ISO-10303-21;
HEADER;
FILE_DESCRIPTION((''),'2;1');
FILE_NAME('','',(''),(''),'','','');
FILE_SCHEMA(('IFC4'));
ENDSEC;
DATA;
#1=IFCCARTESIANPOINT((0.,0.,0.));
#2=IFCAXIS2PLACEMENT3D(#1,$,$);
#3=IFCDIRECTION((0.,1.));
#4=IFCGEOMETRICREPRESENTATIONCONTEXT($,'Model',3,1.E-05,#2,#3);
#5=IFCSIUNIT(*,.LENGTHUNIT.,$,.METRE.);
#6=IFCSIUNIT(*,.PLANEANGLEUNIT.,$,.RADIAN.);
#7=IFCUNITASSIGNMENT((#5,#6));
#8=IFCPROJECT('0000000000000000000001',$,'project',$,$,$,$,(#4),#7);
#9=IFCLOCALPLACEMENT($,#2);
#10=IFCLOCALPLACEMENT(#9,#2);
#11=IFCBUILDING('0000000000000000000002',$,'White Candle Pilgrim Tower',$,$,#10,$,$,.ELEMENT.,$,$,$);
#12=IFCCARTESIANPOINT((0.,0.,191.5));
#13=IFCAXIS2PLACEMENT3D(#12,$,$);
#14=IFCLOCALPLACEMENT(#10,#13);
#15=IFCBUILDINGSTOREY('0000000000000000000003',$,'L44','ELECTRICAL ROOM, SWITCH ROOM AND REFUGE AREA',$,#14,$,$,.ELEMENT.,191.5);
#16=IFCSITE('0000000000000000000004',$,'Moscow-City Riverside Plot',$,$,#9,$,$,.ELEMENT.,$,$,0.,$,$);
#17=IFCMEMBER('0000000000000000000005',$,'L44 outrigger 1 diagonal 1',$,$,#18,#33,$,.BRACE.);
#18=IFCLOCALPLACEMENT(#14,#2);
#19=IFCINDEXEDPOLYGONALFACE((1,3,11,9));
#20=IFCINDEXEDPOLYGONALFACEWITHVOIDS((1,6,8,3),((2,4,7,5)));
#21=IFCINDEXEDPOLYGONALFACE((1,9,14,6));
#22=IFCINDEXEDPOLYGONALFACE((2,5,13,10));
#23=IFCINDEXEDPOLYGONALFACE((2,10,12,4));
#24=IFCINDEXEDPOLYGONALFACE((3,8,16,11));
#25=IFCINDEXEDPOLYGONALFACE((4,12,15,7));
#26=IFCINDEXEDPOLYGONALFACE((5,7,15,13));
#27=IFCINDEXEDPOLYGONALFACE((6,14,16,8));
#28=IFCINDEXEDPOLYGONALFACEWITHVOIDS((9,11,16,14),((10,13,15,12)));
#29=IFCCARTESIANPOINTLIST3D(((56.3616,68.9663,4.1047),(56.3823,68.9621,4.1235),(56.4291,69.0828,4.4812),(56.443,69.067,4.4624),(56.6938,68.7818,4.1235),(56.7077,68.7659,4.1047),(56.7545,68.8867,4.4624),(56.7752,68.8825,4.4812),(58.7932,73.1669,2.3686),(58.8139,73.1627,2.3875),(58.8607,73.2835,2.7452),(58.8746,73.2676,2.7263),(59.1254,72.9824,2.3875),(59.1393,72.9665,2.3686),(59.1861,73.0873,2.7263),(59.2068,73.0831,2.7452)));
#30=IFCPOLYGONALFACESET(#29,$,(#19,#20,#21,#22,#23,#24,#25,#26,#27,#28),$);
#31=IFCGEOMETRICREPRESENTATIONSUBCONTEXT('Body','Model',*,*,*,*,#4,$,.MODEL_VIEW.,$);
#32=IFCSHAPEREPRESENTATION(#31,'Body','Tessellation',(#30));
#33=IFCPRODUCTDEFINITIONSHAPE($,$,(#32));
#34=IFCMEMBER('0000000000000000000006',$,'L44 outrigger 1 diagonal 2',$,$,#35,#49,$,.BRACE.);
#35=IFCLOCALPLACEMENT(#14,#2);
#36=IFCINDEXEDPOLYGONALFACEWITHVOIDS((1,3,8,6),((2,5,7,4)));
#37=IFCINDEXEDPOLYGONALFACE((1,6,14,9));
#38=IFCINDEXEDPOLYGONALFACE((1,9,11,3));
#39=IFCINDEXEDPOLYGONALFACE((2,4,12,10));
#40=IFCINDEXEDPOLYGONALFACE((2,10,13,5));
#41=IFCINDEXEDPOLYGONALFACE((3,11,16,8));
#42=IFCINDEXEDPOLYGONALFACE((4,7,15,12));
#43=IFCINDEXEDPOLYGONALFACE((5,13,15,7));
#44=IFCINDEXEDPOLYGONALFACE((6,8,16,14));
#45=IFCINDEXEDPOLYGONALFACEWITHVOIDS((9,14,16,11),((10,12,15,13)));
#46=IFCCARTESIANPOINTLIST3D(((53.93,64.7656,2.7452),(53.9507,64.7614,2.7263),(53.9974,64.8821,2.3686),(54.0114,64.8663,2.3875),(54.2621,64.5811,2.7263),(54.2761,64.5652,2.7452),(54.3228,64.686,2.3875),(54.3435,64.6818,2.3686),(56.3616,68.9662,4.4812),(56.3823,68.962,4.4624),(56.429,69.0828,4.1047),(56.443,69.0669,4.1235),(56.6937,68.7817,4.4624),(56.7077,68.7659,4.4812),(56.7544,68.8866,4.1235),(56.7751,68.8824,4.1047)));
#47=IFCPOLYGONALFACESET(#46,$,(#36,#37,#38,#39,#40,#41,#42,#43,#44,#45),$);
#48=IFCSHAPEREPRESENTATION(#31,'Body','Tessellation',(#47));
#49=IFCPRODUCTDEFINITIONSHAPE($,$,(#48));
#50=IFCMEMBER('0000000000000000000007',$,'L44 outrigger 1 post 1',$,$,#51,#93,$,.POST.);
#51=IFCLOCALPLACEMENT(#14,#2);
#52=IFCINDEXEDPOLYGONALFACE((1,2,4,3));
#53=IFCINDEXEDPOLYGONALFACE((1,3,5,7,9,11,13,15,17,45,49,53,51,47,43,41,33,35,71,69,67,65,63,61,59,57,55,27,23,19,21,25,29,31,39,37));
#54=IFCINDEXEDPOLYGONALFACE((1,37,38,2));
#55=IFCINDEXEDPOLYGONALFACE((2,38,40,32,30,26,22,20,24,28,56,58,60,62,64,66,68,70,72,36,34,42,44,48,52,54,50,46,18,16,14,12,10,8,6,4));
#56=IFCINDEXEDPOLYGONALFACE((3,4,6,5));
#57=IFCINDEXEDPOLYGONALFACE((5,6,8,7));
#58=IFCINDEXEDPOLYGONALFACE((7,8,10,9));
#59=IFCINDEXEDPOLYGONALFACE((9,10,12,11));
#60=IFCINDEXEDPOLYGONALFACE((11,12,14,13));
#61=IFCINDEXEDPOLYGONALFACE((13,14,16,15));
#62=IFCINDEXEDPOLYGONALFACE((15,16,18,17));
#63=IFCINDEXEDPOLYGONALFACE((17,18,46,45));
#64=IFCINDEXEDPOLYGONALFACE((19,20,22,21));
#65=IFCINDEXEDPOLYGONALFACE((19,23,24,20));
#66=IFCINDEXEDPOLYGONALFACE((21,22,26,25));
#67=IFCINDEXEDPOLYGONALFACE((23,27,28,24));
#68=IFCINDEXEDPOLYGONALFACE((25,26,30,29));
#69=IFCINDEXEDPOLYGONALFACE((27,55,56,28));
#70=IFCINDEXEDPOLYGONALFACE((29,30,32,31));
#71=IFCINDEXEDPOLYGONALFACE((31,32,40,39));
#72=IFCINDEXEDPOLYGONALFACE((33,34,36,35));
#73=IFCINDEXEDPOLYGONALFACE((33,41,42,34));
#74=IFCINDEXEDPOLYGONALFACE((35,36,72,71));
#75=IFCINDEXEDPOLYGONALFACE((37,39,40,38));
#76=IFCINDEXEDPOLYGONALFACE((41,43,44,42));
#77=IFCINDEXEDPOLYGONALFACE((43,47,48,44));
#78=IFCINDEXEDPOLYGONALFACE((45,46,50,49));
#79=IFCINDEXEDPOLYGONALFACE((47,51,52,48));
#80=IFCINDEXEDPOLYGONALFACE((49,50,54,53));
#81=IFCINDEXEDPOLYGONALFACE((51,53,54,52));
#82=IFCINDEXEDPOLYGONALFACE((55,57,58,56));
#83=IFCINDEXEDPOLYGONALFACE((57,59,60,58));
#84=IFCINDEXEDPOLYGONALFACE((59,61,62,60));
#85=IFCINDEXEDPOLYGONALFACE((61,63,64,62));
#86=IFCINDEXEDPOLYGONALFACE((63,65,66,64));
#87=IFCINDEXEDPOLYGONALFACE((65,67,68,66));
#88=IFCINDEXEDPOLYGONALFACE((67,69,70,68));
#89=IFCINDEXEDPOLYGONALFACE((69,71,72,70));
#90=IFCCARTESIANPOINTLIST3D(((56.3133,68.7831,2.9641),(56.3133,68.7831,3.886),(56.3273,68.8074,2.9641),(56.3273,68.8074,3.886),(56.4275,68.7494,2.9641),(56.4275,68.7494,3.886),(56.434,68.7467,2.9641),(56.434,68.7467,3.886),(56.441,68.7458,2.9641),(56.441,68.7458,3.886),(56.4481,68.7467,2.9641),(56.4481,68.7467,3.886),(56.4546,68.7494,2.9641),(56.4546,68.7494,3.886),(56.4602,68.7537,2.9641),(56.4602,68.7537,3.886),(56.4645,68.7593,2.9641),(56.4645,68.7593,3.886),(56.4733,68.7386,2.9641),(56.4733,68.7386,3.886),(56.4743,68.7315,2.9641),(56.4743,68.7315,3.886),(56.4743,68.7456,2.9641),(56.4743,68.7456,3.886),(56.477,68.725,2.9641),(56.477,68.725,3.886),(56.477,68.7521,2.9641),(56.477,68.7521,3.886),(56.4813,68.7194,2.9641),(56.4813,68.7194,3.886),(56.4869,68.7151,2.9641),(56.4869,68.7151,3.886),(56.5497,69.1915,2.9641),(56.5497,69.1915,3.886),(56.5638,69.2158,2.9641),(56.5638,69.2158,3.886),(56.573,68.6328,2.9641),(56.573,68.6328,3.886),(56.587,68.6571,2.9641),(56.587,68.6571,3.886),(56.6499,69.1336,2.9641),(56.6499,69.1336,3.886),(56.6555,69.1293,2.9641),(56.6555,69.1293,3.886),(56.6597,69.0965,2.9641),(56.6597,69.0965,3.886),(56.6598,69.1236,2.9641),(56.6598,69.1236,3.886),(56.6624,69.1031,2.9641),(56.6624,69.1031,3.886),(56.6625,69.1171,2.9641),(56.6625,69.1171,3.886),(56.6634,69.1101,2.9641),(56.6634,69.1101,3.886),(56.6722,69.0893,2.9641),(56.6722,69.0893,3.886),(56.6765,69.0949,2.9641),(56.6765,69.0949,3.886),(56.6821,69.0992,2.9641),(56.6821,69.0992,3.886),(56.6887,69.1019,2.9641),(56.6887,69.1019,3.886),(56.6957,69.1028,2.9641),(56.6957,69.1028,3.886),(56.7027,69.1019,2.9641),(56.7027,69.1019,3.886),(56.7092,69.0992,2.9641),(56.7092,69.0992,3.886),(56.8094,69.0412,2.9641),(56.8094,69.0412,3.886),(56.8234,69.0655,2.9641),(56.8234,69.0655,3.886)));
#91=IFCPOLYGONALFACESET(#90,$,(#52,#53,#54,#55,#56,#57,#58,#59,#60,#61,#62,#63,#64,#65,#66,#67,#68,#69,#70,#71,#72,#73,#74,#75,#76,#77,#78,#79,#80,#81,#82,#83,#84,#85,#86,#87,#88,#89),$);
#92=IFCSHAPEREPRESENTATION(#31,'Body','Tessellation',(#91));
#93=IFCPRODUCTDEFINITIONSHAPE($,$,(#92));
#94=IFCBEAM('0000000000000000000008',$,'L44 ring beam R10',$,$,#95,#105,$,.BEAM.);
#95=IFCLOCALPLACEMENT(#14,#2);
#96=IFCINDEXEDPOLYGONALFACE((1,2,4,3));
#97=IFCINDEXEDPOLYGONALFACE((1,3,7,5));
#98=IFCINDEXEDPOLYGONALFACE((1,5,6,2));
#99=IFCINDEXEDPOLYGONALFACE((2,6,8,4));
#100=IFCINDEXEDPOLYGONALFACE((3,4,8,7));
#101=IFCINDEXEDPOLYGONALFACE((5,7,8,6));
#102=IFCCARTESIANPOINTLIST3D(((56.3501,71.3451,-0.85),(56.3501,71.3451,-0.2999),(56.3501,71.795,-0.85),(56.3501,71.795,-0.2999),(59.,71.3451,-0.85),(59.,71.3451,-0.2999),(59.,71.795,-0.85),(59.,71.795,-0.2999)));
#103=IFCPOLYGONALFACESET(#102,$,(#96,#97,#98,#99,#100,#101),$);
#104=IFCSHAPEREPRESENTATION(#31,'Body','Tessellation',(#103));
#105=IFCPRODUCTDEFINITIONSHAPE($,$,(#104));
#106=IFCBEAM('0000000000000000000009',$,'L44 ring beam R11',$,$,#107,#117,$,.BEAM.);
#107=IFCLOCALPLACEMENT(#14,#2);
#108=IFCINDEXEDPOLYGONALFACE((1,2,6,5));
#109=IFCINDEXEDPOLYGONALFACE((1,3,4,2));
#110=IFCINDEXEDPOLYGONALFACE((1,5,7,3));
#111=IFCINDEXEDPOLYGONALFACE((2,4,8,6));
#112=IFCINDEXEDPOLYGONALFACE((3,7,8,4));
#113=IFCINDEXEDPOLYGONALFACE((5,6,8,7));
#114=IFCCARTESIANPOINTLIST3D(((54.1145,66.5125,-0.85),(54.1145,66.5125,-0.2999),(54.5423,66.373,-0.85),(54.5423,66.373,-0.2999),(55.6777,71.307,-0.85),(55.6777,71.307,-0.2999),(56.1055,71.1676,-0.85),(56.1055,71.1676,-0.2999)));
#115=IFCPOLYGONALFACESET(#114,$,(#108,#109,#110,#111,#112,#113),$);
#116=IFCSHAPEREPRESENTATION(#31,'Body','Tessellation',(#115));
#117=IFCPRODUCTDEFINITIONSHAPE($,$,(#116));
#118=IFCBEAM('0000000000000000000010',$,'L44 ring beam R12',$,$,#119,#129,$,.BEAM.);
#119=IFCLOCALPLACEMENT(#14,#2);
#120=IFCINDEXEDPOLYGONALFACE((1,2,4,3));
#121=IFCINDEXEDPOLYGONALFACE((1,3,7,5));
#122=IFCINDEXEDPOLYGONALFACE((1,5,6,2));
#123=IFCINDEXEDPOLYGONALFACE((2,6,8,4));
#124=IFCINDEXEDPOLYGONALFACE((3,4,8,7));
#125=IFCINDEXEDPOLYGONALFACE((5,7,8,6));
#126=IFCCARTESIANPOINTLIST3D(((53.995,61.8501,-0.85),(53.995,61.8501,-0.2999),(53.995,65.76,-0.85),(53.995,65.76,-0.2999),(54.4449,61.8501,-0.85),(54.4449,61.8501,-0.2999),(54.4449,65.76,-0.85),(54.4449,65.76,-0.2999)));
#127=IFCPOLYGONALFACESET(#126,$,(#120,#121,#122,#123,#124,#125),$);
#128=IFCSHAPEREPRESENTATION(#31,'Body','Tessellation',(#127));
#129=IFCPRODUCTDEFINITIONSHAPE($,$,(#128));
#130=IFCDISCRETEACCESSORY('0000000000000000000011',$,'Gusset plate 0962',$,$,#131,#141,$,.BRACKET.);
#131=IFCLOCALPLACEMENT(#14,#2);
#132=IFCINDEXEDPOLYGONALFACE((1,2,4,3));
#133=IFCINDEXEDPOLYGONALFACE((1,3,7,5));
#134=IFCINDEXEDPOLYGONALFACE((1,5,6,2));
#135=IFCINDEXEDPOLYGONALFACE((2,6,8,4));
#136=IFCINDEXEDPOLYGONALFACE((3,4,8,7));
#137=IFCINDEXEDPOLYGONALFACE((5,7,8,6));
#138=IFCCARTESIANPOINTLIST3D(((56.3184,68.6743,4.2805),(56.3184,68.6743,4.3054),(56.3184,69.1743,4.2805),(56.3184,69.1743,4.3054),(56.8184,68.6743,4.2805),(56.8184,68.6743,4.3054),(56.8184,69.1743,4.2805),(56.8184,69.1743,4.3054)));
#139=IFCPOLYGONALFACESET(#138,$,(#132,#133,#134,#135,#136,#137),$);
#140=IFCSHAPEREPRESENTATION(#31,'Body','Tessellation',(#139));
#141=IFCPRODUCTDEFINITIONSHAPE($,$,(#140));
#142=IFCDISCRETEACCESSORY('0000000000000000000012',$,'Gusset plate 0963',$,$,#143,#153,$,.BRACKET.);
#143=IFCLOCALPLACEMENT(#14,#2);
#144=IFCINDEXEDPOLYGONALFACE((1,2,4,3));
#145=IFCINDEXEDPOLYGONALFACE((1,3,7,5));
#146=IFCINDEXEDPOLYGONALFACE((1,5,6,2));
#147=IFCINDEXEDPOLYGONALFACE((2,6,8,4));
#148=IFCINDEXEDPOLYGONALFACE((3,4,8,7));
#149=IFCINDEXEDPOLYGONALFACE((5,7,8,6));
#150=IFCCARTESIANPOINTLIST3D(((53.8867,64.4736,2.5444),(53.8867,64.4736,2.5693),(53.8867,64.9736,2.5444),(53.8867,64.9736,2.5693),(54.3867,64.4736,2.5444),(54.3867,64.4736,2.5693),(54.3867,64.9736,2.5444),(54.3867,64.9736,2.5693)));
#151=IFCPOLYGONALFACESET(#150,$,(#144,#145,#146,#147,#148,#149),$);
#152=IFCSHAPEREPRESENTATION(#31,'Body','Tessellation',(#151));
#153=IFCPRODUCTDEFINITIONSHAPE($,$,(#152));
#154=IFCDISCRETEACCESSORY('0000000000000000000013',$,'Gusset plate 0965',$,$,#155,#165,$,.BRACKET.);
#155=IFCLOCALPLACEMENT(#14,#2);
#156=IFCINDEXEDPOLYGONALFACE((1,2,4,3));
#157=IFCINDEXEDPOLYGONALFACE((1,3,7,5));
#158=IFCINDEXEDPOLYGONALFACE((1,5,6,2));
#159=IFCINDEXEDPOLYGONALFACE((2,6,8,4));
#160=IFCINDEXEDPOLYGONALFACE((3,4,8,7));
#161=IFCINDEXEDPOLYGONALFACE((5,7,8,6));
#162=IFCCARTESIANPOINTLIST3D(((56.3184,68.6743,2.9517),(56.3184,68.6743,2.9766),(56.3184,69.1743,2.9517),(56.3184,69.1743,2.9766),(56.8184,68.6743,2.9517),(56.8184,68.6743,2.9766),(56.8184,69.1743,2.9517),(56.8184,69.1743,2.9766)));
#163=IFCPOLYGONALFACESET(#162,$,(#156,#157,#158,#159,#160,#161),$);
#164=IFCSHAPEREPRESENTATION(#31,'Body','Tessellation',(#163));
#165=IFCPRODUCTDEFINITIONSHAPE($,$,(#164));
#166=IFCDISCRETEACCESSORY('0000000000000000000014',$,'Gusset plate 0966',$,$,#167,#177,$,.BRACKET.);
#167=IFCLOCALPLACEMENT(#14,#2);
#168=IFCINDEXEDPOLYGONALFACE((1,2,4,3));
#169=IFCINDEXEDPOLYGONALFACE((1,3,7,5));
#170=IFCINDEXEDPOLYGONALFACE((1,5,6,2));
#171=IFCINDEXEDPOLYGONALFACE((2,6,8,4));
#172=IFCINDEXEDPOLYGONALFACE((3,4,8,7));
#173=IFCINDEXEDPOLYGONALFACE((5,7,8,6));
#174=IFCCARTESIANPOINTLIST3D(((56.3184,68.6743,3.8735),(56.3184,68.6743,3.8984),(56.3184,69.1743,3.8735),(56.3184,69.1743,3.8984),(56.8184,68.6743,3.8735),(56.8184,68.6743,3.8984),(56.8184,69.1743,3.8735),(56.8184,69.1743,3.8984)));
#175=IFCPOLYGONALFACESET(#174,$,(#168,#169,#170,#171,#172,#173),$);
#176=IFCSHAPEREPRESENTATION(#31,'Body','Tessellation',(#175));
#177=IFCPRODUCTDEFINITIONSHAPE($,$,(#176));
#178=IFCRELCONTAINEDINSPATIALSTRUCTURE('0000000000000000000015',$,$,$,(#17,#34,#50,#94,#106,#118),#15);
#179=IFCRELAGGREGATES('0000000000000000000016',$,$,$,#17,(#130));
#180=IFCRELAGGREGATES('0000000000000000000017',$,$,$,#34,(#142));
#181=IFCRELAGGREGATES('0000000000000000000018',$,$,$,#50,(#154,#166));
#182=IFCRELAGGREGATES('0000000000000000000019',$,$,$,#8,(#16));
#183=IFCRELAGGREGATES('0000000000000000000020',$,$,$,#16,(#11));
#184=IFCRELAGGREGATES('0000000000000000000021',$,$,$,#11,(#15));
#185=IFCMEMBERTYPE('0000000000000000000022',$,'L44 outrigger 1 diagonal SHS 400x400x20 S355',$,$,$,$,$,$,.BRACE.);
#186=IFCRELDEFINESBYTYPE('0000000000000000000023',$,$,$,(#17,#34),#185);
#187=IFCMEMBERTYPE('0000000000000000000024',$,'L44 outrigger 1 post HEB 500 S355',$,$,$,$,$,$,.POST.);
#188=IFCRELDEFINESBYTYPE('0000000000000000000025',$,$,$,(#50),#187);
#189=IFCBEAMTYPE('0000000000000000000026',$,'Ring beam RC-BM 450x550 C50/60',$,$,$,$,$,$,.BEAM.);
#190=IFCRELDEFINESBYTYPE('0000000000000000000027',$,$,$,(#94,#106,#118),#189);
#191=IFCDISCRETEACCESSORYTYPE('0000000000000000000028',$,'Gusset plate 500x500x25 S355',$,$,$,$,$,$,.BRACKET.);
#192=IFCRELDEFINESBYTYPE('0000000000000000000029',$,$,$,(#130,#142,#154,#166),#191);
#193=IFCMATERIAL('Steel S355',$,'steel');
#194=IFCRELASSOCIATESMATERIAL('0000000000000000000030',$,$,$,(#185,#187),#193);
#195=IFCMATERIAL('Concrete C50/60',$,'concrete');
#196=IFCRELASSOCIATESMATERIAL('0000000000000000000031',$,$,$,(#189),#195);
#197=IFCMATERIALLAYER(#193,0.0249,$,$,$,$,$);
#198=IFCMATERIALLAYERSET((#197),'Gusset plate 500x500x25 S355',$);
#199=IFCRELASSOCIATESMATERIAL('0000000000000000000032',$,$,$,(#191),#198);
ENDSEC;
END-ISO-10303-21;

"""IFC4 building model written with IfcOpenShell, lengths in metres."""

from ifc_helpers import new_model, si_unit, direction, frame, origin, origin_2d, place, context, subcontext, project, spatial, rectangle, hollow_rectangle, i_section, extrude, material, layer, layer_set, material_profile, profile_set, type_object, element, aggregate, save


model = new_model("IFC4")

# Units and contexts
model_context = context("Model", 3, precision=1e-05, world=origin(), true_north=direction((0.0, 1.0)))
body_context = subcontext(model_context, "Body", "Model", "MODEL_VIEW")
ifc_project = project(units=[si_unit("LENGTHUNIT", "METRE"), si_unit("PLANEANGLEUNIT", "RADIAN")], contexts=[model_context])

# Site, building, storey
site_placement = place(None, origin())
site = spatial("IfcSite", under=ifc_project, at=site_placement, Name="Moscow-City Riverside Plot", CompositionType="ELEMENT", RefElevation=0.0)
building_placement = place(site_placement, origin())
building = spatial("IfcBuilding", under=site, at=building_placement, Name="White Candle Pilgrim Tower", CompositionType="ELEMENT")
storey_placement = place(building_placement, frame((0.0, 0.0, 191.5)))
storey = spatial("IfcBuildingStorey", under=building, at=storey_placement, Name="L44", Description="ELECTRICAL ROOM, SWITCH ROOM AND REFUGE AREA", CompositionType="ELEMENT", Elevation=191.5)

# Members
ifc_material_1 = material(Name="Steel S355", Category="steel")
ifc_material_profile_1 = material_profile(ifc_material_1, hollow_rectangle(XDim=0.3999, YDim=0.3999, WallThickness=0.02, at=origin_2d()), Name="SHS 400x400x20")
ifc_profile_set_1 = profile_set([ifc_material_profile_1], Name="Steel S355")
member_type_1 = type_object("IfcMemberType", Name="L44 outrigger 1 diagonal SHS 400x400x20 S355", PredefinedType="BRACE", material=ifc_profile_set_1)
member_1_placement = place(storey_placement, frame((59.0, 73.125, 2.5569), z_axis=(-0.471718, -0.814897, 0.336786), x_axis=(0.865456, -0.500985, 0.0)))
member_1 = element("IfcMember", 1, at=member_1_placement, inside=storey, type_object=member_type_1, Name="L44 outrigger 1 diagonal 1", PredefinedType="BRACE", context=body_context, shape_type="SweptSolid", body=[
    extrude(hollow_rectangle(XDim=0.3999, YDim=0.3999, WallThickness=0.02, at=origin_2d()), origin(), (0.0, 0.0, 1.0), 5.1548),
])
member_2_placement = place(storey_placement, frame((56.5684, 68.9243, 4.293), z_axis=(-0.471718, -0.814897, -0.336786), x_axis=(0.865456, -0.500985, 0.0)))
member_2 = element("IfcMember", 2, at=member_2_placement, inside=storey, type_object=member_type_1, Name="L44 outrigger 1 diagonal 2", PredefinedType="BRACE", context=body_context, shape_type="SweptSolid", body=[
    extrude(hollow_rectangle(XDim=0.3999, YDim=0.3999, WallThickness=0.02, at=origin_2d()), origin(), (0.0, 0.0, 1.0), 5.1548),
])
ifc_material_profile_2 = material_profile(ifc_material_1, i_section(OverallWidth=0.3, OverallDepth=0.5, WebThickness=0.0144, FlangeThickness=0.0281, FilletRadius=0.0271, at=origin_2d()), Name="HEB 500")
ifc_profile_set_2 = profile_set([ifc_material_profile_2], Name="Steel S355")
member_type_2 = type_object("IfcMemberType", Name="L44 outrigger 1 post HEB 500 S355", PredefinedType="POST", material=ifc_profile_set_2)
member_3_placement = place(storey_placement, frame((56.5684, 68.9243, 2.9641), z_axis=(0.0, 0.0, 1.0), x_axis=(0.865454, -0.500989, 0.0)))
member_3 = element("IfcMember", 3, at=member_3_placement, inside=storey, type_object=member_type_2, Name="L44 outrigger 1 post 1", PredefinedType="POST", context=body_context, shape_type="SweptSolid", body=[
    extrude(i_section(OverallWidth=0.3, OverallDepth=0.5, WebThickness=0.0144, FlangeThickness=0.0281, FilletRadius=0.0271, at=origin_2d()), origin(), (0.0, 0.0, 1.0), 0.9219),
])

# Beams
ifc_material_2 = material(Name="Concrete C50/60", Category="concrete")
ifc_material_profile_3 = material_profile(ifc_material_2, rectangle(XDim=0.45, YDim=0.55, at=origin_2d()), Name="RC-BM 450x550")
ifc_profile_set_3 = profile_set([ifc_material_profile_3], Name="Concrete C50/60")
beam_type = type_object("IfcBeamType", Name="Ring beam RC-BM 450x550 C50/60", PredefinedType="BEAM", material=ifc_profile_set_3)
beam_1_placement = place(storey_placement, frame((56.3501, 71.5701, -0.575), z_axis=(1.0, 0.0, 0.0), x_axis=(0.0, 1.0, 0.0)))
element("IfcBeam", 4, at=beam_1_placement, inside=storey, type_object=beam_type, Name="L44 ring beam R10", PredefinedType="BEAM", context=body_context, shape_type="SweptSolid", body=[
    extrude(rectangle(XDim=0.45, YDim=0.55, at=origin_2d()), origin(), (0.0, 0.0, 1.0), 2.6499),
])
beam_2_placement = place(storey_placement, frame((55.8916, 71.2373, -0.575), z_axis=(-0.309976, -0.950744, 0.0), x_axis=(0.950744, -0.309976, 0.0)))
element("IfcBeam", 5, at=beam_2_placement, inside=storey, type_object=beam_type, Name="L44 ring beam R11", PredefinedType="BEAM", context=body_context, shape_type="SweptSolid", body=[
    extrude(rectangle(XDim=0.45, YDim=0.55, at=origin_2d()), origin(), (0.0, 0.0, 1.0), 5.043),
])
beam_3_placement = place(storey_placement, frame((54.22, 65.76, -0.575), z_axis=(0.0, -1.0, 0.0), x_axis=(1.0, 0.0, 0.0)))
element("IfcBeam", 6, at=beam_3_placement, inside=storey, type_object=beam_type, Name="L44 ring beam R12", PredefinedType="BEAM", context=body_context, shape_type="SweptSolid", body=[
    extrude(rectangle(XDim=0.45, YDim=0.55, at=origin_2d()), origin(), (0.0, 0.0, 1.0), 3.9099),
])

# Discrete accessories
ifc_layer_1 = layer(ifc_material_1, 0.0249)
ifc_layer_set_1 = layer_set([ifc_layer_1], Name="Gusset plate 500x500x25 S355")
discrete_accessory_type_1 = type_object("IfcDiscreteAccessoryType", Name="Gusset plate 500x500x25 S355", PredefinedType="BRACKET", material=ifc_layer_set_1)
discrete_accessory_1_placement = place(storey_placement, frame((56.5684, 68.9243, 4.2805), z_axis=(0.0, 0.0, 1.0), x_axis=(1.0, 0.0, 0.0)))
discrete_accessory_1 = element("IfcDiscreteAccessory", 7, at=discrete_accessory_1_placement, type_object=discrete_accessory_type_1, Name="Gusset plate 0962", PredefinedType="BRACKET", context=body_context, shape_type="SweptSolid", body=[
    extrude(rectangle(XDim=0.5, YDim=0.5, at=origin_2d()), origin(), (0.0, 0.0, 1.0), 0.0249),
])
aggregate(member_1, [discrete_accessory_1])
discrete_accessory_2_placement = place(storey_placement, frame((54.1367, 64.7236, 2.5444), z_axis=(0.0, 0.0, 1.0), x_axis=(1.0, 0.0, 0.0)))
discrete_accessory_2 = element("IfcDiscreteAccessory", 8, at=discrete_accessory_2_placement, type_object=discrete_accessory_type_1, Name="Gusset plate 0963", PredefinedType="BRACKET", context=body_context, shape_type="SweptSolid", body=[
    extrude(rectangle(XDim=0.5, YDim=0.5, at=origin_2d()), origin(), (0.0, 0.0, 1.0), 0.0249),
])
aggregate(member_2, [discrete_accessory_2])
discrete_accessory_3_placement = place(storey_placement, frame((56.5684, 68.9243, 2.9517), z_axis=(0.0, 0.0, 1.0), x_axis=(1.0, 0.0, 0.0)))
discrete_accessory_3 = element("IfcDiscreteAccessory", 9, at=discrete_accessory_3_placement, type_object=discrete_accessory_type_1, Name="Gusset plate 0965", PredefinedType="BRACKET", context=body_context, shape_type="SweptSolid", body=[
    extrude(rectangle(XDim=0.5, YDim=0.5, at=origin_2d()), origin(), (0.0, 0.0, 1.0), 0.0249),
])
discrete_accessory_4_placement = place(storey_placement, frame((56.5684, 68.9243, 3.8735), z_axis=(0.0, 0.0, 1.0), x_axis=(1.0, 0.0, 0.0)))
discrete_accessory_4 = element("IfcDiscreteAccessory", 10, at=discrete_accessory_4_placement, type_object=discrete_accessory_type_1, Name="Gusset plate 0966", PredefinedType="BRACKET", context=body_context, shape_type="SweptSolid", body=[
    extrude(rectangle(XDim=0.5, YDim=0.5, at=origin_2d()), origin(), (0.0, 0.0, 1.0), 0.0249),
])
aggregate(member_3, [discrete_accessory_3, discrete_accessory_4])

save(model, "model.ifc")
